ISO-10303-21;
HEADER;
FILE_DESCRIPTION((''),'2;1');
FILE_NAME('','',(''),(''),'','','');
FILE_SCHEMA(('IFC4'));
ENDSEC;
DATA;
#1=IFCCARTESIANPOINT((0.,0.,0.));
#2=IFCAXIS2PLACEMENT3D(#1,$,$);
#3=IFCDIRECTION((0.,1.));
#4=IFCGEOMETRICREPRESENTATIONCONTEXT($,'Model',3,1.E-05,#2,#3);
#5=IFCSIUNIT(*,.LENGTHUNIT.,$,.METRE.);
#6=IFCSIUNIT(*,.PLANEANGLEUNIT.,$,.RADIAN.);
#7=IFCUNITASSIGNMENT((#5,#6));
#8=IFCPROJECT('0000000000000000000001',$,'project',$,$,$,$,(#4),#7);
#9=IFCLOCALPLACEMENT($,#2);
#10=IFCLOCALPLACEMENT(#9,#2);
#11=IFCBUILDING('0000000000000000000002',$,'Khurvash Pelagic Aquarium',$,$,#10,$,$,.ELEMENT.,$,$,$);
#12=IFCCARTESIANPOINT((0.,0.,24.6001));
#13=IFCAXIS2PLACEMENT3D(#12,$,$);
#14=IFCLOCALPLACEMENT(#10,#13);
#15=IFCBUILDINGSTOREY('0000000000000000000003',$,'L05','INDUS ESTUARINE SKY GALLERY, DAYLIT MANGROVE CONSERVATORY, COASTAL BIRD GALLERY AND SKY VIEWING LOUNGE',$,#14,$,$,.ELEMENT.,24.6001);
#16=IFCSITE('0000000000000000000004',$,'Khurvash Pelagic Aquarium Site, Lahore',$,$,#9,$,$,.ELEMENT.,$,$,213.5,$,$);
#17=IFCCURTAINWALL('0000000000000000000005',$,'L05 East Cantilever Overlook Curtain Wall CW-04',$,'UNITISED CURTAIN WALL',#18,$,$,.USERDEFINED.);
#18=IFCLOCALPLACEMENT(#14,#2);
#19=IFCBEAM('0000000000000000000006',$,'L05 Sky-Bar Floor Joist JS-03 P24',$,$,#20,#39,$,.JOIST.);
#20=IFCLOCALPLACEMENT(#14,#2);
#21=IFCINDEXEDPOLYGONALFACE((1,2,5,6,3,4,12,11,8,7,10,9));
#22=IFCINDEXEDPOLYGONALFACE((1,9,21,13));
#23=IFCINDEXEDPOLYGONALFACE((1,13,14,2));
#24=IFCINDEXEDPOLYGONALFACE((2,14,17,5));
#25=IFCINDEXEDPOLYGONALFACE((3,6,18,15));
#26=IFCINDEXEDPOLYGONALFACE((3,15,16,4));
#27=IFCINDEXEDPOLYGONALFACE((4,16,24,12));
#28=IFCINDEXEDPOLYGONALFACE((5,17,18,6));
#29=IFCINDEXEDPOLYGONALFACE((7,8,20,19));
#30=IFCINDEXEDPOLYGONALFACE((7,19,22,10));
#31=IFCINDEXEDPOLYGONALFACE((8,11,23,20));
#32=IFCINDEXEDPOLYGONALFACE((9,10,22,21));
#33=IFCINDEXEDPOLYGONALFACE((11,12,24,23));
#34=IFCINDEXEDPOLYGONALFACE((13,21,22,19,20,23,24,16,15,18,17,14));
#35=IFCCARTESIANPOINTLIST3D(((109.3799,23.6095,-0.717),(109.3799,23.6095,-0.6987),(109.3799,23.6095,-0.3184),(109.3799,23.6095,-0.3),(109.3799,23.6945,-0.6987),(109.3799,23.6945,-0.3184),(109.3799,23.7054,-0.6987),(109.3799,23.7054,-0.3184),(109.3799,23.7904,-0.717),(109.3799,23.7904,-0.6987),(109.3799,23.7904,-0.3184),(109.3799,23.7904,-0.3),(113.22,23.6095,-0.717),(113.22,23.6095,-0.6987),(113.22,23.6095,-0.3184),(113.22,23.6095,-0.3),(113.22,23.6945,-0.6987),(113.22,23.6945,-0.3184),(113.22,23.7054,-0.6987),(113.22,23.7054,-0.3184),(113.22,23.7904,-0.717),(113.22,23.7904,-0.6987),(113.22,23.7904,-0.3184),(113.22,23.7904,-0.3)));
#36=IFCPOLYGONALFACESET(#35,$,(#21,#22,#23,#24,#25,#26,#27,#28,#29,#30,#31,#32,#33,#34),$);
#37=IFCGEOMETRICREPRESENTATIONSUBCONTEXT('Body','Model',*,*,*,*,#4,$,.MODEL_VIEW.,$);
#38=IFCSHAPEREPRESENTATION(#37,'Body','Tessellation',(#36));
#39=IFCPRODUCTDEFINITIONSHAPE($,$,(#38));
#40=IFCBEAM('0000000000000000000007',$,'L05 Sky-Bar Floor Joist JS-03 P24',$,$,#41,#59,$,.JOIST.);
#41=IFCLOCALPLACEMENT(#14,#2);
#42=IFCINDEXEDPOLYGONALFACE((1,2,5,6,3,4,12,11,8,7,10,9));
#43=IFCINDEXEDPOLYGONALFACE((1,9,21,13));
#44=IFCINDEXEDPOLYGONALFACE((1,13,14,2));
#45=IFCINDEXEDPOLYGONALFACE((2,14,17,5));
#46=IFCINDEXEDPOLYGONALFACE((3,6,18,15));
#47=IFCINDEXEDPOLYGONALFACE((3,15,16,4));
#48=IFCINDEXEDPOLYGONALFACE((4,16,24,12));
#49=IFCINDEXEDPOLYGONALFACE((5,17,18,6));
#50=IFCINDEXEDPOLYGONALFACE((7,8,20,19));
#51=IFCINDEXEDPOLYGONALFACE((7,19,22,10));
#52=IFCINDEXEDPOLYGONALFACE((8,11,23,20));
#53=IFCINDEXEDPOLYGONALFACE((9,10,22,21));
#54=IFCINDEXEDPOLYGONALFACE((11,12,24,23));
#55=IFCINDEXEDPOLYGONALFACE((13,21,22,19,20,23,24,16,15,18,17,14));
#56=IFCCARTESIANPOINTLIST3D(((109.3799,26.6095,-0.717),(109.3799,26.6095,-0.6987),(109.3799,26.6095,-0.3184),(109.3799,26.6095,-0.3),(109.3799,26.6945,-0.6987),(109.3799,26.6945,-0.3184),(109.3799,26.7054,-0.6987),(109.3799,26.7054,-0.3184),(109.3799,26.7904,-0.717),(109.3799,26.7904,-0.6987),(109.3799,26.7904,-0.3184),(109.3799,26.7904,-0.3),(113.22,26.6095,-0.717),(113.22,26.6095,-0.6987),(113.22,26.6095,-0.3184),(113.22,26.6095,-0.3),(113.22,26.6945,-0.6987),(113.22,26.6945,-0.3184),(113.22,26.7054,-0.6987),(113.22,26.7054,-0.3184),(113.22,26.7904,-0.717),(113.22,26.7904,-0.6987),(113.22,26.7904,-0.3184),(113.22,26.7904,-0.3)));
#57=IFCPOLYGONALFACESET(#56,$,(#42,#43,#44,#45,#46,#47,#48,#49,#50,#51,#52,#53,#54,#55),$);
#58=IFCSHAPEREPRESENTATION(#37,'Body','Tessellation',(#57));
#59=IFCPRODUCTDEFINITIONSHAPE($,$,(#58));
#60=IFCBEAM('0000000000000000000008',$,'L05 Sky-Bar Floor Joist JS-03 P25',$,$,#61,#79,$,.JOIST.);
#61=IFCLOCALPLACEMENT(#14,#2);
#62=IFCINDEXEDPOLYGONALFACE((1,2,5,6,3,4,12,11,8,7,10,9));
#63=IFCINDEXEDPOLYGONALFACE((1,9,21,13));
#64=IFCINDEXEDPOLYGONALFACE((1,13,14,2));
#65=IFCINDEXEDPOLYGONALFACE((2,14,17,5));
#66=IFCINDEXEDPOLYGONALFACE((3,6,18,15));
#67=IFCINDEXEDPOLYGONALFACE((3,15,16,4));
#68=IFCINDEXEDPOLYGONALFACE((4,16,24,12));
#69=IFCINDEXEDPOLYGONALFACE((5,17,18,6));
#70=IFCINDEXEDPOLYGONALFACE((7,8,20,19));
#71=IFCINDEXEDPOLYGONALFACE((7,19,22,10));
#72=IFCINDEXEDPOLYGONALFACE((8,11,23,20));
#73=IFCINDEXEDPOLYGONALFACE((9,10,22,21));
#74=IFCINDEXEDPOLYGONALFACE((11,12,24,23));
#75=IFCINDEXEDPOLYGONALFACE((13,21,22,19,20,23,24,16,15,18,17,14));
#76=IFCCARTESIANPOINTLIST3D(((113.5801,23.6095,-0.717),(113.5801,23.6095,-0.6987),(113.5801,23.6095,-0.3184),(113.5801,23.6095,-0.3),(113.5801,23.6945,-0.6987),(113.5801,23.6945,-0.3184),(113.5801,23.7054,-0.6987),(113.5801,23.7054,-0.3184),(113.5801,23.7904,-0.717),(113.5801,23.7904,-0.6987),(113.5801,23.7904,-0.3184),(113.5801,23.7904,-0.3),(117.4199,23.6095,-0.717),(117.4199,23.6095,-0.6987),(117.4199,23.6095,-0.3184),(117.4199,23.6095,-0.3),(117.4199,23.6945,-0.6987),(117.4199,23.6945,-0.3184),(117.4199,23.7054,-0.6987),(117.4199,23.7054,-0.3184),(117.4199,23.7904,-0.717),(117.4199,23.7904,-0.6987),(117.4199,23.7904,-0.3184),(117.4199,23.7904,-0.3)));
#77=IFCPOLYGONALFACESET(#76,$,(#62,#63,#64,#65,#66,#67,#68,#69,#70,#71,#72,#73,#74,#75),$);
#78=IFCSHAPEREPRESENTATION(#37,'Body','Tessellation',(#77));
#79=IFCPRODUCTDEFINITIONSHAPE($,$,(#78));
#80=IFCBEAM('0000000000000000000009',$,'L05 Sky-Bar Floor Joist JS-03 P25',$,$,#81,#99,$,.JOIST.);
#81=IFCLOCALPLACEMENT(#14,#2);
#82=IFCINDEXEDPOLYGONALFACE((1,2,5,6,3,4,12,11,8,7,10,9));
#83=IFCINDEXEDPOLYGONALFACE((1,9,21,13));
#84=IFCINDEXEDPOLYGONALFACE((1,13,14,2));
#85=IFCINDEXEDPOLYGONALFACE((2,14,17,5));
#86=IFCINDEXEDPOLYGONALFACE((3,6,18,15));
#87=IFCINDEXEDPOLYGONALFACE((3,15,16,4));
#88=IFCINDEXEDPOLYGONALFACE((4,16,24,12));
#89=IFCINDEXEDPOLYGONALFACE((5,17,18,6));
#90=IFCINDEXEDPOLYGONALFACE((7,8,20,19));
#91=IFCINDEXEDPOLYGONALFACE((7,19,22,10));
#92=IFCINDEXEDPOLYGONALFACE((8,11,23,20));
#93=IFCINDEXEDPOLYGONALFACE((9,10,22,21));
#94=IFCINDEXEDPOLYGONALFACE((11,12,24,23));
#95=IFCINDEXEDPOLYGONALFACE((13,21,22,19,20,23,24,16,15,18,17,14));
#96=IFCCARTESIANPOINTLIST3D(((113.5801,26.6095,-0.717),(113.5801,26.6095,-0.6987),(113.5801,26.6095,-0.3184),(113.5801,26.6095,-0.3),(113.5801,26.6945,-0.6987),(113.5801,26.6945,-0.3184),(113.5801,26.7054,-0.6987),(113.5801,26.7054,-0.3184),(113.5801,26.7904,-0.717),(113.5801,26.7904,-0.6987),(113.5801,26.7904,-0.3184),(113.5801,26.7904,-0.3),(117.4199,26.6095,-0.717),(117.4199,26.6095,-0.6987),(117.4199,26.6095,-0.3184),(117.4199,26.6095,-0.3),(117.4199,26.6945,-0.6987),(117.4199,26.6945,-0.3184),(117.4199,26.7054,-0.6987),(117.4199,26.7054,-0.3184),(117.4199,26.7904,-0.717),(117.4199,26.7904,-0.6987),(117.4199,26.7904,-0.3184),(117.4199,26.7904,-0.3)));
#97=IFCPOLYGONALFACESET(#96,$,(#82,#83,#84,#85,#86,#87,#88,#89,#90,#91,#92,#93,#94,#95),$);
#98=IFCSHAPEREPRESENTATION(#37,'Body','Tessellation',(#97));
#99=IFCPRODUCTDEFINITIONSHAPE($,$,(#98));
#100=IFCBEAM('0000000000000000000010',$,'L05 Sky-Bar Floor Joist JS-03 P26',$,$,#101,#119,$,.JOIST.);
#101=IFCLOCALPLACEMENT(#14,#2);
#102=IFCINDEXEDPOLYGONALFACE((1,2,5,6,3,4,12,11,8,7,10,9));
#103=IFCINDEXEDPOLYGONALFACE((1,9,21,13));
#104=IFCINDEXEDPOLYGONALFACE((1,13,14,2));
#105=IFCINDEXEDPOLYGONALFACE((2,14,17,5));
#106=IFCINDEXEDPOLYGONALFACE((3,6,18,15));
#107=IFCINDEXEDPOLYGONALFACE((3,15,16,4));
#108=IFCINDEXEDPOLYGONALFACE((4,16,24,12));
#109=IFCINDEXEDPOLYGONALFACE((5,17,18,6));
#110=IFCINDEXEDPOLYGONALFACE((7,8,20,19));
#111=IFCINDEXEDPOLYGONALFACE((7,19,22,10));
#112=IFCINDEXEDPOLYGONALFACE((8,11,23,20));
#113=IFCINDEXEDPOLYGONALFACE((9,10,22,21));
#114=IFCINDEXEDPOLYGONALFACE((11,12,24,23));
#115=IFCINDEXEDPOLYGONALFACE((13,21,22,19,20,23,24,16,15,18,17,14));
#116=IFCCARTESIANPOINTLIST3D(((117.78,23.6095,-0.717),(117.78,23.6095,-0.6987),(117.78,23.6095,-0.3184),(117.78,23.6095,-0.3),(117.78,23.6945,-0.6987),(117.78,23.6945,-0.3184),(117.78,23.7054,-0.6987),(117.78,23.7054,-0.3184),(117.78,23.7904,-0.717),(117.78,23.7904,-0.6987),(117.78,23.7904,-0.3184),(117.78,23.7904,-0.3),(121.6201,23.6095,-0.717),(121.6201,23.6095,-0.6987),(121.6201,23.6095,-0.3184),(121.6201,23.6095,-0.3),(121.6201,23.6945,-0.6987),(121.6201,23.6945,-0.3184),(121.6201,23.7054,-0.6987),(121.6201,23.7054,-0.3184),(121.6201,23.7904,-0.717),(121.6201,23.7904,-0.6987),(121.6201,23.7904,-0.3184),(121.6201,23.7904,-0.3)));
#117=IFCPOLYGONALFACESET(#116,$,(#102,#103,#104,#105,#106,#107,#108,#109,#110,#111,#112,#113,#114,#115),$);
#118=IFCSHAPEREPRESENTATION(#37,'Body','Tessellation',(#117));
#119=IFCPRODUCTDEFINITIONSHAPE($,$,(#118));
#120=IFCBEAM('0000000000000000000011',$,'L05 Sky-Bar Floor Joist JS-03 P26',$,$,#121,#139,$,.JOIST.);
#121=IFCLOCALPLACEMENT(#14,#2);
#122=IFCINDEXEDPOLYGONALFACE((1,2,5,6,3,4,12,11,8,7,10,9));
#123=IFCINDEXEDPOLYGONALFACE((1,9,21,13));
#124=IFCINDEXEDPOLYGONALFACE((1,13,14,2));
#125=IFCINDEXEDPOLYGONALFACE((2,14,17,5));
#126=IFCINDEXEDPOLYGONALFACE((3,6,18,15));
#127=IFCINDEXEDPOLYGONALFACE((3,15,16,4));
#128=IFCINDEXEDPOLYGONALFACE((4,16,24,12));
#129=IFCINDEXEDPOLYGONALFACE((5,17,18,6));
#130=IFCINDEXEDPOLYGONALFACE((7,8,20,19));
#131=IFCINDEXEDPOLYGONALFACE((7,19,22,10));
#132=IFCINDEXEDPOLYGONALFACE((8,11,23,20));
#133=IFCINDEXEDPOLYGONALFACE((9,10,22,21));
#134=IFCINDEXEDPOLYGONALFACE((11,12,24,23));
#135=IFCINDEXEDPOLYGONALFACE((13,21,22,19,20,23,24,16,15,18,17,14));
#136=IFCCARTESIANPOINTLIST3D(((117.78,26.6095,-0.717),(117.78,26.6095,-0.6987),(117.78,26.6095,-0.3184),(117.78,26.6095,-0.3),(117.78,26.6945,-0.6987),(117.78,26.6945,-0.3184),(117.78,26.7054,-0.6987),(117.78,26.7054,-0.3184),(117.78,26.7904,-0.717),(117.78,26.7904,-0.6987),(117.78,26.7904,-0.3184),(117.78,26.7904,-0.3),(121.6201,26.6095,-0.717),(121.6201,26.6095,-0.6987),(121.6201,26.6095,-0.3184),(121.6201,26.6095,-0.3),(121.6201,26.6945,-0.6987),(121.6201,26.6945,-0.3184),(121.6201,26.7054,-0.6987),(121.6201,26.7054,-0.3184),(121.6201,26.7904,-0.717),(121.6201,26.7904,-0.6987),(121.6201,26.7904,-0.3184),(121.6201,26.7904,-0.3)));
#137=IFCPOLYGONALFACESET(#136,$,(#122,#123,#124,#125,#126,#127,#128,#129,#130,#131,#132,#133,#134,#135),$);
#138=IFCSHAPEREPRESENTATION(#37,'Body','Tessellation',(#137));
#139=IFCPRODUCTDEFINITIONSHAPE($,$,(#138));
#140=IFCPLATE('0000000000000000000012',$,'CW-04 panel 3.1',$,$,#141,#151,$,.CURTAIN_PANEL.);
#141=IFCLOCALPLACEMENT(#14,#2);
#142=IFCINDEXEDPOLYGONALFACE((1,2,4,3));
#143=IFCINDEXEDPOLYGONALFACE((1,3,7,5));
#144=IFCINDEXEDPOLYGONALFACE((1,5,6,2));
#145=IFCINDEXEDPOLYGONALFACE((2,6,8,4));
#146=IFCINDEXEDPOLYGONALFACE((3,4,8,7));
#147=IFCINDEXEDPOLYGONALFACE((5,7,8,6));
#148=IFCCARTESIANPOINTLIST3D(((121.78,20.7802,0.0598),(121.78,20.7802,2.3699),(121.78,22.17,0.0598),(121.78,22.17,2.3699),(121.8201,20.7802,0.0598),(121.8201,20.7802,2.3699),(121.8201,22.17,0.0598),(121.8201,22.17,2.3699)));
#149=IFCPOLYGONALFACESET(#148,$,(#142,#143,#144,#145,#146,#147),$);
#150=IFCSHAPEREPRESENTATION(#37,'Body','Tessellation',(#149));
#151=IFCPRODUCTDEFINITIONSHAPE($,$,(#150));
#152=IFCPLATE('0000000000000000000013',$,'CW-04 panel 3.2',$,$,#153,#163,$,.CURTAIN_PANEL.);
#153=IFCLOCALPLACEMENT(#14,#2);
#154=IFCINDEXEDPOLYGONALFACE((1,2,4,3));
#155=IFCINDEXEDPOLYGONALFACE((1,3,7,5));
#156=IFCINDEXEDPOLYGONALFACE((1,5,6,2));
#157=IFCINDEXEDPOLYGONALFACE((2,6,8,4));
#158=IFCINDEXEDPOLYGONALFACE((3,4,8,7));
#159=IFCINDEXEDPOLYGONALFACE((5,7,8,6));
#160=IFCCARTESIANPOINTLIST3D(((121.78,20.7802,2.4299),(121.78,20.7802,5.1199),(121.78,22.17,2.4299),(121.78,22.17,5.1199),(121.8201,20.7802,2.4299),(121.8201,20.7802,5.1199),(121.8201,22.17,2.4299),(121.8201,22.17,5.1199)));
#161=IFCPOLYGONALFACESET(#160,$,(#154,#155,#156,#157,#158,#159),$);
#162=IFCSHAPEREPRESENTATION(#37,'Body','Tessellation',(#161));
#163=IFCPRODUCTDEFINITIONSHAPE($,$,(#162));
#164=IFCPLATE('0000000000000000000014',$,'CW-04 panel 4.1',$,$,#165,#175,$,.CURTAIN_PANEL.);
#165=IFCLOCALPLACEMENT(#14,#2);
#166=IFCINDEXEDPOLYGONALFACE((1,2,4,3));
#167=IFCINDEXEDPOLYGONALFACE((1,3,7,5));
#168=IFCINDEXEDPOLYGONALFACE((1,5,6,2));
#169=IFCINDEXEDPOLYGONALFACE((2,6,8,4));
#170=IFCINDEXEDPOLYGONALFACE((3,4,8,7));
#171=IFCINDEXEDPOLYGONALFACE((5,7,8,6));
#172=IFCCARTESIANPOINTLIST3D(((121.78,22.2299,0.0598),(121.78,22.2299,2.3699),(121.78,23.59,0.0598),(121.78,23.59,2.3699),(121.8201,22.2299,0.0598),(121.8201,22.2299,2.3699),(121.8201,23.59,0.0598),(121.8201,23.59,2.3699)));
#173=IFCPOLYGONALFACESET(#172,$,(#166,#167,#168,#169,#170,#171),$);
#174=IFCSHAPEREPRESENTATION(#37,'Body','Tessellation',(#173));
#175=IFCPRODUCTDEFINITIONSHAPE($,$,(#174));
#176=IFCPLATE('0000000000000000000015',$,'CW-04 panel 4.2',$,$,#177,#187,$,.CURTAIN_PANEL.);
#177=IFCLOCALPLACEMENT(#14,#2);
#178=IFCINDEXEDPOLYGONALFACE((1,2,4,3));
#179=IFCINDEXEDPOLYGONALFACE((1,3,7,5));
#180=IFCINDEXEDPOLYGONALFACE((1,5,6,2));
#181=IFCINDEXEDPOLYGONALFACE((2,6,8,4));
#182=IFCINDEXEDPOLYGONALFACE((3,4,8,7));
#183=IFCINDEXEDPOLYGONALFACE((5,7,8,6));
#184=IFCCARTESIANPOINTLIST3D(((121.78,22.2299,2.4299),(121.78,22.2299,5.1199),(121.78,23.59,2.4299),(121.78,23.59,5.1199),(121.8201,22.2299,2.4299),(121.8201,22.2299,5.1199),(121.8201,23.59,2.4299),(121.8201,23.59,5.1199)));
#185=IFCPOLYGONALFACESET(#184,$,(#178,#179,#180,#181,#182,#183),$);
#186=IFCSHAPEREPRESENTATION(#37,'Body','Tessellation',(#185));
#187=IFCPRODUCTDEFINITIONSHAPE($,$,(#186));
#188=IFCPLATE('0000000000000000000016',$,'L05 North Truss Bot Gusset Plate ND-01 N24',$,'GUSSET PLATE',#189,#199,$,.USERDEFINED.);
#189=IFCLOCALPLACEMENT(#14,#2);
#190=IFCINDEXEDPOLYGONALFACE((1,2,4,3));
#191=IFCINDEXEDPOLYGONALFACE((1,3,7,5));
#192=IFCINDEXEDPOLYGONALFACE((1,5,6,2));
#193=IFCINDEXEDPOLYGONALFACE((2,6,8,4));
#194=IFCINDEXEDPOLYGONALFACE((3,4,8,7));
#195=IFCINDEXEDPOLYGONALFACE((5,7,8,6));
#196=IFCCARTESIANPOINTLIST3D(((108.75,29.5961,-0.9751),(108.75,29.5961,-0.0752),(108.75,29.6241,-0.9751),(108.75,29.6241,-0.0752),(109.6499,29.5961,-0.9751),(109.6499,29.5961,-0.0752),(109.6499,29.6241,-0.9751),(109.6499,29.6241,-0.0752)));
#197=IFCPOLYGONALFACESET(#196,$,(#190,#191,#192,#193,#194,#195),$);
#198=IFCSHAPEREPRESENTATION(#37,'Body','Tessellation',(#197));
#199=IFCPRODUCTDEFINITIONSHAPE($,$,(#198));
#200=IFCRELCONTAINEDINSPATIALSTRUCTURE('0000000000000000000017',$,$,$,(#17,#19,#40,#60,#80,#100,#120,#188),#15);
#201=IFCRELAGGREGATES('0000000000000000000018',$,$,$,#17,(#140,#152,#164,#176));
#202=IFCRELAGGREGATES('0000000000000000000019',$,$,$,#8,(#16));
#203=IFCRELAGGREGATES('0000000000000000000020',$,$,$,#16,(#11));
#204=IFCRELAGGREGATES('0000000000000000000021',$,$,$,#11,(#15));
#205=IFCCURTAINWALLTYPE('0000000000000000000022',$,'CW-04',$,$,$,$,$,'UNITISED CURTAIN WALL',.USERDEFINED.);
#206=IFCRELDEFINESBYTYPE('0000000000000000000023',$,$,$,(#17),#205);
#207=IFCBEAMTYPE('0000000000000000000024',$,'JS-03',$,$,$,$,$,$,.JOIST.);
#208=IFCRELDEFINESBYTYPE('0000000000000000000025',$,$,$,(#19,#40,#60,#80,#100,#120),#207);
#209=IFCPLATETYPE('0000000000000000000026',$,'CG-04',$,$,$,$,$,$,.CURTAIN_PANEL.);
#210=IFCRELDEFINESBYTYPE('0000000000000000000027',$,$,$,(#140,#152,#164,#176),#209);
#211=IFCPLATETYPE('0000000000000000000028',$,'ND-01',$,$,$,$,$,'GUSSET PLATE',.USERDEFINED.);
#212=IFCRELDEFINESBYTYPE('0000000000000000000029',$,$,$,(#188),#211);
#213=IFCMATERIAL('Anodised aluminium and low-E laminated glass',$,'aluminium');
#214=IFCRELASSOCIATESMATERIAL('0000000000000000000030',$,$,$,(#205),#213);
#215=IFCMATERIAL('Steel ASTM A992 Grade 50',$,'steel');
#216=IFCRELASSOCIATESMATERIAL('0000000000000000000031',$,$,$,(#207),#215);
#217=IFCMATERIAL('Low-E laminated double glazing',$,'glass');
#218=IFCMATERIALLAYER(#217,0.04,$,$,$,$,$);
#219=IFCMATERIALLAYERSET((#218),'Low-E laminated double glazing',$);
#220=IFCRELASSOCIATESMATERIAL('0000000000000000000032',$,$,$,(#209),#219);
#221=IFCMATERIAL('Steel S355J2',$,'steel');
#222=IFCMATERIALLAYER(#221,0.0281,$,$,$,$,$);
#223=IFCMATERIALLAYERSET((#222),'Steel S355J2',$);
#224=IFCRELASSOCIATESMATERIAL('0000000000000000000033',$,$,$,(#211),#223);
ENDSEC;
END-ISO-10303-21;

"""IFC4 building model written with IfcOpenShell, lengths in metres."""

from ifc_helpers import new_model, si_unit, direction, frame, origin, origin_2d, place, context, subcontext, project, spatial, rectangle, i_section, extrude, material, layer, layer_set, material_profile, profile_set, type_object, element, aggregate, save


model = new_model("IFC4")

# Units and contexts
model_context = context("Model", 3, precision=1e-05, world=origin(), true_north=direction((0.0, 1.0)))
body_context = subcontext(model_context, "Body", "Model", "MODEL_VIEW")
ifc_project = project(units=[si_unit("LENGTHUNIT", "METRE"), si_unit("PLANEANGLEUNIT", "RADIAN")], contexts=[model_context])

# Site, building, storey
site_placement = place(None, origin())
site = spatial("IfcSite", under=ifc_project, at=site_placement, Name="Khurvash Pelagic Aquarium Site, Lahore", CompositionType="ELEMENT", RefElevation=213.5)
building_placement = place(site_placement, origin())
building = spatial("IfcBuilding", under=site, at=building_placement, Name="Khurvash Pelagic Aquarium", CompositionType="ELEMENT")
storey_placement = place(building_placement, frame((0.0, 0.0, 24.6001)))
storey = spatial("IfcBuildingStorey", under=building, at=storey_placement, Name="L05", Description="INDUS ESTUARINE SKY GALLERY, DAYLIT MANGROVE CONSERVATORY, COASTAL BIRD GALLERY AND SKY VIEWING LOUNGE", CompositionType="ELEMENT", Elevation=24.6001)

# Shared definitions
ifc_material_1 = material(Name="Steel ASTM A992 Grade 50", Category="steel")

# Curtain wall
ifc_material_2 = material(Name="Anodised aluminium and low-E laminated glass", Category="aluminium")
curtain_wall_type = type_object("IfcCurtainWallType", Name="CW-04", ElementType="UNITISED CURTAIN WALL", PredefinedType="USERDEFINED", material=ifc_material_2)
curtain_wall_placement = place(storey_placement, origin())
curtain_wall = element("IfcCurtainWall", 1, at=curtain_wall_placement, inside=storey, type_object=curtain_wall_type, Name="L05 East Cantilever Overlook Curtain Wall CW-04", ObjectType="UNITISED CURTAIN WALL", PredefinedType="USERDEFINED")

# Beams
ifc_material_profile_1 = material_profile(ifc_material_1, i_section(OverallWidth=0.1809, OverallDepth=0.417, WebThickness=0.011, FlangeThickness=0.0183, at=origin_2d()), Name="W16X57")
ifc_profile_set_1 = profile_set([ifc_material_profile_1], Name="Steel ASTM A992 Grade 50")
beam_type_1 = type_object("IfcBeamType", Name="JS-03", PredefinedType="JOIST", material=ifc_profile_set_1)
for number, where, z_axis, x_axis, name in (
    (2, (109.3799, 23.7, -0.5085), (1.0, 0.0, 0.0), (0.0, 1.0, 0.0), "L05 Sky-Bar Floor Joist JS-03 P24"),
    (3, (109.3799, 26.7, -0.5085), (1.0, 0.0, 0.0), (0.0, 1.0, 0.0), "L05 Sky-Bar Floor Joist JS-03 P24"),
):
    element("IfcBeam", number, at=place(storey_placement, frame(where, z_axis=z_axis, x_axis=x_axis)), inside=storey, type_object=beam_type_1, Name=name, PredefinedType="JOIST", context=body_context, shape_type="SweptSolid", body=[
        extrude(i_section(OverallWidth=0.1809, OverallDepth=0.417, WebThickness=0.011, FlangeThickness=0.0183, at=origin_2d()), origin(), (0.0, 0.0, 1.0), 3.8401),
    ])
for number, where, z_axis, x_axis, name in (
    (4, (113.5801, 23.7, -0.5085), (1.0, 0.0, 0.0), (0.0, 1.0, 0.0), "L05 Sky-Bar Floor Joist JS-03 P25"),
    (5, (113.5801, 26.7, -0.5085), (1.0, 0.0, 0.0), (0.0, 1.0, 0.0), "L05 Sky-Bar Floor Joist JS-03 P25"),
):
    element("IfcBeam", number, at=place(storey_placement, frame(where, z_axis=z_axis, x_axis=x_axis)), inside=storey, type_object=beam_type_1, Name=name, PredefinedType="JOIST", context=body_context, shape_type="SweptSolid", body=[
        extrude(i_section(OverallWidth=0.1809, OverallDepth=0.417, WebThickness=0.011, FlangeThickness=0.0183, at=origin_2d()), origin(), (0.0, 0.0, 1.0), 3.8398),
    ])
for number, where, z_axis, x_axis, name in (
    (6, (117.78, 23.7, -0.5085), (1.0, 0.0, 0.0), (0.0, 1.0, 0.0), "L05 Sky-Bar Floor Joist JS-03 P26"),
    (7, (117.78, 26.7, -0.5085), (1.0, 0.0, 0.0), (0.0, 1.0, 0.0), "L05 Sky-Bar Floor Joist JS-03 P26"),
):
    element("IfcBeam", number, at=place(storey_placement, frame(where, z_axis=z_axis, x_axis=x_axis)), inside=storey, type_object=beam_type_1, Name=name, PredefinedType="JOIST", context=body_context, shape_type="SweptSolid", body=[
        extrude(i_section(OverallWidth=0.1809, OverallDepth=0.417, WebThickness=0.011, FlangeThickness=0.0183, at=origin_2d()), origin(), (0.0, 0.0, 1.0), 3.8401),
    ])

# Plates
ifc_material_3 = material(Name="Low-E laminated double glazing", Category="glass")
ifc_layer_1 = layer(ifc_material_3, 0.04)
ifc_layer_set_1 = layer_set([ifc_layer_1], Name="Low-E laminated double glazing")
plate_type_1 = type_object("IfcPlateType", Name="CG-04", PredefinedType="CURTAIN_PANEL", material=ifc_layer_set_1)
plate_1_placement = place(storey_placement, frame((121.8, 21.4751, 0.0598), z_axis=(0.0, 0.0, 1.0), x_axis=(0.0, 1.0, 0.0)))
plate_1 = element("IfcPlate", 8, at=plate_1_placement, type_object=plate_type_1, Name="CW-04 panel 3.1", PredefinedType="CURTAIN_PANEL", context=body_context, shape_type="SweptSolid", body=[
    extrude(rectangle(XDim=1.3899, YDim=0.04, at=origin_2d()), origin(), (0.0, 0.0, 1.0), 2.3101),
])
plate_2_placement = place(storey_placement, frame((121.8, 21.4751, 2.4299), z_axis=(0.0, 0.0, 1.0), x_axis=(0.0, 1.0, 0.0)))
plate_2 = element("IfcPlate", 9, at=plate_2_placement, type_object=plate_type_1, Name="CW-04 panel 3.2", PredefinedType="CURTAIN_PANEL", context=body_context, shape_type="SweptSolid", body=[
    extrude(rectangle(XDim=1.3899, YDim=0.04, at=origin_2d()), origin(), (0.0, 0.0, 1.0), 2.6899),
])
plate_3_placement = place(storey_placement, frame((121.8, 22.9099, 0.0598), z_axis=(0.0, 0.0, 1.0), x_axis=(0.0, 1.0, 0.0)))
plate_3 = element("IfcPlate", 10, at=plate_3_placement, type_object=plate_type_1, Name="CW-04 panel 4.1", PredefinedType="CURTAIN_PANEL", context=body_context, shape_type="SweptSolid", body=[
    extrude(rectangle(XDim=1.3601, YDim=0.04, at=origin_2d()), origin(), (0.0, 0.0, 1.0), 2.3101),
])
plate_4_placement = place(storey_placement, frame((121.8, 22.9099, 2.4299), z_axis=(0.0, 0.0, 1.0), x_axis=(0.0, 1.0, 0.0)))
plate_4 = element("IfcPlate", 11, at=plate_4_placement, type_object=plate_type_1, Name="CW-04 panel 4.2", PredefinedType="CURTAIN_PANEL", context=body_context, shape_type="SweptSolid", body=[
    extrude(rectangle(XDim=1.3601, YDim=0.04, at=origin_2d()), origin(), (0.0, 0.0, 1.0), 2.6899),
])
aggregate(curtain_wall, [plate_1, plate_2, plate_3, plate_4])

# Plate
ifc_material_4 = material(Name="Steel S355J2", Category="steel")
ifc_layer_2 = layer(ifc_material_4, 0.0281)
ifc_layer_set_2 = layer_set([ifc_layer_2], Name="Steel S355J2")
plate_type_2 = type_object("IfcPlateType", Name="ND-01", ElementType="GUSSET PLATE", PredefinedType="USERDEFINED", material=ifc_layer_set_2)
for number, where, z_axis, x_axis, name in (
    (12, (109.2, 29.6101, -0.9751), (0.0, 0.0, 1.0), (1.0, 0.0, 0.0), "L05 North Truss Bot Gusset Plate ND-01 N24"),
):
    element("IfcPlate", number, at=place(storey_placement, frame(where, z_axis=z_axis, x_axis=x_axis)), inside=storey, type_object=plate_type_2, Name=name, ObjectType="GUSSET PLATE", PredefinedType="USERDEFINED", context=body_context, shape_type="SweptSolid", body=[
        extrude(rectangle(XDim=0.8999, YDim=0.0281, at=origin_2d()), origin(), (0.0, 0.0, 1.0), 0.8999),
    ])

save(model, "model.ifc")
